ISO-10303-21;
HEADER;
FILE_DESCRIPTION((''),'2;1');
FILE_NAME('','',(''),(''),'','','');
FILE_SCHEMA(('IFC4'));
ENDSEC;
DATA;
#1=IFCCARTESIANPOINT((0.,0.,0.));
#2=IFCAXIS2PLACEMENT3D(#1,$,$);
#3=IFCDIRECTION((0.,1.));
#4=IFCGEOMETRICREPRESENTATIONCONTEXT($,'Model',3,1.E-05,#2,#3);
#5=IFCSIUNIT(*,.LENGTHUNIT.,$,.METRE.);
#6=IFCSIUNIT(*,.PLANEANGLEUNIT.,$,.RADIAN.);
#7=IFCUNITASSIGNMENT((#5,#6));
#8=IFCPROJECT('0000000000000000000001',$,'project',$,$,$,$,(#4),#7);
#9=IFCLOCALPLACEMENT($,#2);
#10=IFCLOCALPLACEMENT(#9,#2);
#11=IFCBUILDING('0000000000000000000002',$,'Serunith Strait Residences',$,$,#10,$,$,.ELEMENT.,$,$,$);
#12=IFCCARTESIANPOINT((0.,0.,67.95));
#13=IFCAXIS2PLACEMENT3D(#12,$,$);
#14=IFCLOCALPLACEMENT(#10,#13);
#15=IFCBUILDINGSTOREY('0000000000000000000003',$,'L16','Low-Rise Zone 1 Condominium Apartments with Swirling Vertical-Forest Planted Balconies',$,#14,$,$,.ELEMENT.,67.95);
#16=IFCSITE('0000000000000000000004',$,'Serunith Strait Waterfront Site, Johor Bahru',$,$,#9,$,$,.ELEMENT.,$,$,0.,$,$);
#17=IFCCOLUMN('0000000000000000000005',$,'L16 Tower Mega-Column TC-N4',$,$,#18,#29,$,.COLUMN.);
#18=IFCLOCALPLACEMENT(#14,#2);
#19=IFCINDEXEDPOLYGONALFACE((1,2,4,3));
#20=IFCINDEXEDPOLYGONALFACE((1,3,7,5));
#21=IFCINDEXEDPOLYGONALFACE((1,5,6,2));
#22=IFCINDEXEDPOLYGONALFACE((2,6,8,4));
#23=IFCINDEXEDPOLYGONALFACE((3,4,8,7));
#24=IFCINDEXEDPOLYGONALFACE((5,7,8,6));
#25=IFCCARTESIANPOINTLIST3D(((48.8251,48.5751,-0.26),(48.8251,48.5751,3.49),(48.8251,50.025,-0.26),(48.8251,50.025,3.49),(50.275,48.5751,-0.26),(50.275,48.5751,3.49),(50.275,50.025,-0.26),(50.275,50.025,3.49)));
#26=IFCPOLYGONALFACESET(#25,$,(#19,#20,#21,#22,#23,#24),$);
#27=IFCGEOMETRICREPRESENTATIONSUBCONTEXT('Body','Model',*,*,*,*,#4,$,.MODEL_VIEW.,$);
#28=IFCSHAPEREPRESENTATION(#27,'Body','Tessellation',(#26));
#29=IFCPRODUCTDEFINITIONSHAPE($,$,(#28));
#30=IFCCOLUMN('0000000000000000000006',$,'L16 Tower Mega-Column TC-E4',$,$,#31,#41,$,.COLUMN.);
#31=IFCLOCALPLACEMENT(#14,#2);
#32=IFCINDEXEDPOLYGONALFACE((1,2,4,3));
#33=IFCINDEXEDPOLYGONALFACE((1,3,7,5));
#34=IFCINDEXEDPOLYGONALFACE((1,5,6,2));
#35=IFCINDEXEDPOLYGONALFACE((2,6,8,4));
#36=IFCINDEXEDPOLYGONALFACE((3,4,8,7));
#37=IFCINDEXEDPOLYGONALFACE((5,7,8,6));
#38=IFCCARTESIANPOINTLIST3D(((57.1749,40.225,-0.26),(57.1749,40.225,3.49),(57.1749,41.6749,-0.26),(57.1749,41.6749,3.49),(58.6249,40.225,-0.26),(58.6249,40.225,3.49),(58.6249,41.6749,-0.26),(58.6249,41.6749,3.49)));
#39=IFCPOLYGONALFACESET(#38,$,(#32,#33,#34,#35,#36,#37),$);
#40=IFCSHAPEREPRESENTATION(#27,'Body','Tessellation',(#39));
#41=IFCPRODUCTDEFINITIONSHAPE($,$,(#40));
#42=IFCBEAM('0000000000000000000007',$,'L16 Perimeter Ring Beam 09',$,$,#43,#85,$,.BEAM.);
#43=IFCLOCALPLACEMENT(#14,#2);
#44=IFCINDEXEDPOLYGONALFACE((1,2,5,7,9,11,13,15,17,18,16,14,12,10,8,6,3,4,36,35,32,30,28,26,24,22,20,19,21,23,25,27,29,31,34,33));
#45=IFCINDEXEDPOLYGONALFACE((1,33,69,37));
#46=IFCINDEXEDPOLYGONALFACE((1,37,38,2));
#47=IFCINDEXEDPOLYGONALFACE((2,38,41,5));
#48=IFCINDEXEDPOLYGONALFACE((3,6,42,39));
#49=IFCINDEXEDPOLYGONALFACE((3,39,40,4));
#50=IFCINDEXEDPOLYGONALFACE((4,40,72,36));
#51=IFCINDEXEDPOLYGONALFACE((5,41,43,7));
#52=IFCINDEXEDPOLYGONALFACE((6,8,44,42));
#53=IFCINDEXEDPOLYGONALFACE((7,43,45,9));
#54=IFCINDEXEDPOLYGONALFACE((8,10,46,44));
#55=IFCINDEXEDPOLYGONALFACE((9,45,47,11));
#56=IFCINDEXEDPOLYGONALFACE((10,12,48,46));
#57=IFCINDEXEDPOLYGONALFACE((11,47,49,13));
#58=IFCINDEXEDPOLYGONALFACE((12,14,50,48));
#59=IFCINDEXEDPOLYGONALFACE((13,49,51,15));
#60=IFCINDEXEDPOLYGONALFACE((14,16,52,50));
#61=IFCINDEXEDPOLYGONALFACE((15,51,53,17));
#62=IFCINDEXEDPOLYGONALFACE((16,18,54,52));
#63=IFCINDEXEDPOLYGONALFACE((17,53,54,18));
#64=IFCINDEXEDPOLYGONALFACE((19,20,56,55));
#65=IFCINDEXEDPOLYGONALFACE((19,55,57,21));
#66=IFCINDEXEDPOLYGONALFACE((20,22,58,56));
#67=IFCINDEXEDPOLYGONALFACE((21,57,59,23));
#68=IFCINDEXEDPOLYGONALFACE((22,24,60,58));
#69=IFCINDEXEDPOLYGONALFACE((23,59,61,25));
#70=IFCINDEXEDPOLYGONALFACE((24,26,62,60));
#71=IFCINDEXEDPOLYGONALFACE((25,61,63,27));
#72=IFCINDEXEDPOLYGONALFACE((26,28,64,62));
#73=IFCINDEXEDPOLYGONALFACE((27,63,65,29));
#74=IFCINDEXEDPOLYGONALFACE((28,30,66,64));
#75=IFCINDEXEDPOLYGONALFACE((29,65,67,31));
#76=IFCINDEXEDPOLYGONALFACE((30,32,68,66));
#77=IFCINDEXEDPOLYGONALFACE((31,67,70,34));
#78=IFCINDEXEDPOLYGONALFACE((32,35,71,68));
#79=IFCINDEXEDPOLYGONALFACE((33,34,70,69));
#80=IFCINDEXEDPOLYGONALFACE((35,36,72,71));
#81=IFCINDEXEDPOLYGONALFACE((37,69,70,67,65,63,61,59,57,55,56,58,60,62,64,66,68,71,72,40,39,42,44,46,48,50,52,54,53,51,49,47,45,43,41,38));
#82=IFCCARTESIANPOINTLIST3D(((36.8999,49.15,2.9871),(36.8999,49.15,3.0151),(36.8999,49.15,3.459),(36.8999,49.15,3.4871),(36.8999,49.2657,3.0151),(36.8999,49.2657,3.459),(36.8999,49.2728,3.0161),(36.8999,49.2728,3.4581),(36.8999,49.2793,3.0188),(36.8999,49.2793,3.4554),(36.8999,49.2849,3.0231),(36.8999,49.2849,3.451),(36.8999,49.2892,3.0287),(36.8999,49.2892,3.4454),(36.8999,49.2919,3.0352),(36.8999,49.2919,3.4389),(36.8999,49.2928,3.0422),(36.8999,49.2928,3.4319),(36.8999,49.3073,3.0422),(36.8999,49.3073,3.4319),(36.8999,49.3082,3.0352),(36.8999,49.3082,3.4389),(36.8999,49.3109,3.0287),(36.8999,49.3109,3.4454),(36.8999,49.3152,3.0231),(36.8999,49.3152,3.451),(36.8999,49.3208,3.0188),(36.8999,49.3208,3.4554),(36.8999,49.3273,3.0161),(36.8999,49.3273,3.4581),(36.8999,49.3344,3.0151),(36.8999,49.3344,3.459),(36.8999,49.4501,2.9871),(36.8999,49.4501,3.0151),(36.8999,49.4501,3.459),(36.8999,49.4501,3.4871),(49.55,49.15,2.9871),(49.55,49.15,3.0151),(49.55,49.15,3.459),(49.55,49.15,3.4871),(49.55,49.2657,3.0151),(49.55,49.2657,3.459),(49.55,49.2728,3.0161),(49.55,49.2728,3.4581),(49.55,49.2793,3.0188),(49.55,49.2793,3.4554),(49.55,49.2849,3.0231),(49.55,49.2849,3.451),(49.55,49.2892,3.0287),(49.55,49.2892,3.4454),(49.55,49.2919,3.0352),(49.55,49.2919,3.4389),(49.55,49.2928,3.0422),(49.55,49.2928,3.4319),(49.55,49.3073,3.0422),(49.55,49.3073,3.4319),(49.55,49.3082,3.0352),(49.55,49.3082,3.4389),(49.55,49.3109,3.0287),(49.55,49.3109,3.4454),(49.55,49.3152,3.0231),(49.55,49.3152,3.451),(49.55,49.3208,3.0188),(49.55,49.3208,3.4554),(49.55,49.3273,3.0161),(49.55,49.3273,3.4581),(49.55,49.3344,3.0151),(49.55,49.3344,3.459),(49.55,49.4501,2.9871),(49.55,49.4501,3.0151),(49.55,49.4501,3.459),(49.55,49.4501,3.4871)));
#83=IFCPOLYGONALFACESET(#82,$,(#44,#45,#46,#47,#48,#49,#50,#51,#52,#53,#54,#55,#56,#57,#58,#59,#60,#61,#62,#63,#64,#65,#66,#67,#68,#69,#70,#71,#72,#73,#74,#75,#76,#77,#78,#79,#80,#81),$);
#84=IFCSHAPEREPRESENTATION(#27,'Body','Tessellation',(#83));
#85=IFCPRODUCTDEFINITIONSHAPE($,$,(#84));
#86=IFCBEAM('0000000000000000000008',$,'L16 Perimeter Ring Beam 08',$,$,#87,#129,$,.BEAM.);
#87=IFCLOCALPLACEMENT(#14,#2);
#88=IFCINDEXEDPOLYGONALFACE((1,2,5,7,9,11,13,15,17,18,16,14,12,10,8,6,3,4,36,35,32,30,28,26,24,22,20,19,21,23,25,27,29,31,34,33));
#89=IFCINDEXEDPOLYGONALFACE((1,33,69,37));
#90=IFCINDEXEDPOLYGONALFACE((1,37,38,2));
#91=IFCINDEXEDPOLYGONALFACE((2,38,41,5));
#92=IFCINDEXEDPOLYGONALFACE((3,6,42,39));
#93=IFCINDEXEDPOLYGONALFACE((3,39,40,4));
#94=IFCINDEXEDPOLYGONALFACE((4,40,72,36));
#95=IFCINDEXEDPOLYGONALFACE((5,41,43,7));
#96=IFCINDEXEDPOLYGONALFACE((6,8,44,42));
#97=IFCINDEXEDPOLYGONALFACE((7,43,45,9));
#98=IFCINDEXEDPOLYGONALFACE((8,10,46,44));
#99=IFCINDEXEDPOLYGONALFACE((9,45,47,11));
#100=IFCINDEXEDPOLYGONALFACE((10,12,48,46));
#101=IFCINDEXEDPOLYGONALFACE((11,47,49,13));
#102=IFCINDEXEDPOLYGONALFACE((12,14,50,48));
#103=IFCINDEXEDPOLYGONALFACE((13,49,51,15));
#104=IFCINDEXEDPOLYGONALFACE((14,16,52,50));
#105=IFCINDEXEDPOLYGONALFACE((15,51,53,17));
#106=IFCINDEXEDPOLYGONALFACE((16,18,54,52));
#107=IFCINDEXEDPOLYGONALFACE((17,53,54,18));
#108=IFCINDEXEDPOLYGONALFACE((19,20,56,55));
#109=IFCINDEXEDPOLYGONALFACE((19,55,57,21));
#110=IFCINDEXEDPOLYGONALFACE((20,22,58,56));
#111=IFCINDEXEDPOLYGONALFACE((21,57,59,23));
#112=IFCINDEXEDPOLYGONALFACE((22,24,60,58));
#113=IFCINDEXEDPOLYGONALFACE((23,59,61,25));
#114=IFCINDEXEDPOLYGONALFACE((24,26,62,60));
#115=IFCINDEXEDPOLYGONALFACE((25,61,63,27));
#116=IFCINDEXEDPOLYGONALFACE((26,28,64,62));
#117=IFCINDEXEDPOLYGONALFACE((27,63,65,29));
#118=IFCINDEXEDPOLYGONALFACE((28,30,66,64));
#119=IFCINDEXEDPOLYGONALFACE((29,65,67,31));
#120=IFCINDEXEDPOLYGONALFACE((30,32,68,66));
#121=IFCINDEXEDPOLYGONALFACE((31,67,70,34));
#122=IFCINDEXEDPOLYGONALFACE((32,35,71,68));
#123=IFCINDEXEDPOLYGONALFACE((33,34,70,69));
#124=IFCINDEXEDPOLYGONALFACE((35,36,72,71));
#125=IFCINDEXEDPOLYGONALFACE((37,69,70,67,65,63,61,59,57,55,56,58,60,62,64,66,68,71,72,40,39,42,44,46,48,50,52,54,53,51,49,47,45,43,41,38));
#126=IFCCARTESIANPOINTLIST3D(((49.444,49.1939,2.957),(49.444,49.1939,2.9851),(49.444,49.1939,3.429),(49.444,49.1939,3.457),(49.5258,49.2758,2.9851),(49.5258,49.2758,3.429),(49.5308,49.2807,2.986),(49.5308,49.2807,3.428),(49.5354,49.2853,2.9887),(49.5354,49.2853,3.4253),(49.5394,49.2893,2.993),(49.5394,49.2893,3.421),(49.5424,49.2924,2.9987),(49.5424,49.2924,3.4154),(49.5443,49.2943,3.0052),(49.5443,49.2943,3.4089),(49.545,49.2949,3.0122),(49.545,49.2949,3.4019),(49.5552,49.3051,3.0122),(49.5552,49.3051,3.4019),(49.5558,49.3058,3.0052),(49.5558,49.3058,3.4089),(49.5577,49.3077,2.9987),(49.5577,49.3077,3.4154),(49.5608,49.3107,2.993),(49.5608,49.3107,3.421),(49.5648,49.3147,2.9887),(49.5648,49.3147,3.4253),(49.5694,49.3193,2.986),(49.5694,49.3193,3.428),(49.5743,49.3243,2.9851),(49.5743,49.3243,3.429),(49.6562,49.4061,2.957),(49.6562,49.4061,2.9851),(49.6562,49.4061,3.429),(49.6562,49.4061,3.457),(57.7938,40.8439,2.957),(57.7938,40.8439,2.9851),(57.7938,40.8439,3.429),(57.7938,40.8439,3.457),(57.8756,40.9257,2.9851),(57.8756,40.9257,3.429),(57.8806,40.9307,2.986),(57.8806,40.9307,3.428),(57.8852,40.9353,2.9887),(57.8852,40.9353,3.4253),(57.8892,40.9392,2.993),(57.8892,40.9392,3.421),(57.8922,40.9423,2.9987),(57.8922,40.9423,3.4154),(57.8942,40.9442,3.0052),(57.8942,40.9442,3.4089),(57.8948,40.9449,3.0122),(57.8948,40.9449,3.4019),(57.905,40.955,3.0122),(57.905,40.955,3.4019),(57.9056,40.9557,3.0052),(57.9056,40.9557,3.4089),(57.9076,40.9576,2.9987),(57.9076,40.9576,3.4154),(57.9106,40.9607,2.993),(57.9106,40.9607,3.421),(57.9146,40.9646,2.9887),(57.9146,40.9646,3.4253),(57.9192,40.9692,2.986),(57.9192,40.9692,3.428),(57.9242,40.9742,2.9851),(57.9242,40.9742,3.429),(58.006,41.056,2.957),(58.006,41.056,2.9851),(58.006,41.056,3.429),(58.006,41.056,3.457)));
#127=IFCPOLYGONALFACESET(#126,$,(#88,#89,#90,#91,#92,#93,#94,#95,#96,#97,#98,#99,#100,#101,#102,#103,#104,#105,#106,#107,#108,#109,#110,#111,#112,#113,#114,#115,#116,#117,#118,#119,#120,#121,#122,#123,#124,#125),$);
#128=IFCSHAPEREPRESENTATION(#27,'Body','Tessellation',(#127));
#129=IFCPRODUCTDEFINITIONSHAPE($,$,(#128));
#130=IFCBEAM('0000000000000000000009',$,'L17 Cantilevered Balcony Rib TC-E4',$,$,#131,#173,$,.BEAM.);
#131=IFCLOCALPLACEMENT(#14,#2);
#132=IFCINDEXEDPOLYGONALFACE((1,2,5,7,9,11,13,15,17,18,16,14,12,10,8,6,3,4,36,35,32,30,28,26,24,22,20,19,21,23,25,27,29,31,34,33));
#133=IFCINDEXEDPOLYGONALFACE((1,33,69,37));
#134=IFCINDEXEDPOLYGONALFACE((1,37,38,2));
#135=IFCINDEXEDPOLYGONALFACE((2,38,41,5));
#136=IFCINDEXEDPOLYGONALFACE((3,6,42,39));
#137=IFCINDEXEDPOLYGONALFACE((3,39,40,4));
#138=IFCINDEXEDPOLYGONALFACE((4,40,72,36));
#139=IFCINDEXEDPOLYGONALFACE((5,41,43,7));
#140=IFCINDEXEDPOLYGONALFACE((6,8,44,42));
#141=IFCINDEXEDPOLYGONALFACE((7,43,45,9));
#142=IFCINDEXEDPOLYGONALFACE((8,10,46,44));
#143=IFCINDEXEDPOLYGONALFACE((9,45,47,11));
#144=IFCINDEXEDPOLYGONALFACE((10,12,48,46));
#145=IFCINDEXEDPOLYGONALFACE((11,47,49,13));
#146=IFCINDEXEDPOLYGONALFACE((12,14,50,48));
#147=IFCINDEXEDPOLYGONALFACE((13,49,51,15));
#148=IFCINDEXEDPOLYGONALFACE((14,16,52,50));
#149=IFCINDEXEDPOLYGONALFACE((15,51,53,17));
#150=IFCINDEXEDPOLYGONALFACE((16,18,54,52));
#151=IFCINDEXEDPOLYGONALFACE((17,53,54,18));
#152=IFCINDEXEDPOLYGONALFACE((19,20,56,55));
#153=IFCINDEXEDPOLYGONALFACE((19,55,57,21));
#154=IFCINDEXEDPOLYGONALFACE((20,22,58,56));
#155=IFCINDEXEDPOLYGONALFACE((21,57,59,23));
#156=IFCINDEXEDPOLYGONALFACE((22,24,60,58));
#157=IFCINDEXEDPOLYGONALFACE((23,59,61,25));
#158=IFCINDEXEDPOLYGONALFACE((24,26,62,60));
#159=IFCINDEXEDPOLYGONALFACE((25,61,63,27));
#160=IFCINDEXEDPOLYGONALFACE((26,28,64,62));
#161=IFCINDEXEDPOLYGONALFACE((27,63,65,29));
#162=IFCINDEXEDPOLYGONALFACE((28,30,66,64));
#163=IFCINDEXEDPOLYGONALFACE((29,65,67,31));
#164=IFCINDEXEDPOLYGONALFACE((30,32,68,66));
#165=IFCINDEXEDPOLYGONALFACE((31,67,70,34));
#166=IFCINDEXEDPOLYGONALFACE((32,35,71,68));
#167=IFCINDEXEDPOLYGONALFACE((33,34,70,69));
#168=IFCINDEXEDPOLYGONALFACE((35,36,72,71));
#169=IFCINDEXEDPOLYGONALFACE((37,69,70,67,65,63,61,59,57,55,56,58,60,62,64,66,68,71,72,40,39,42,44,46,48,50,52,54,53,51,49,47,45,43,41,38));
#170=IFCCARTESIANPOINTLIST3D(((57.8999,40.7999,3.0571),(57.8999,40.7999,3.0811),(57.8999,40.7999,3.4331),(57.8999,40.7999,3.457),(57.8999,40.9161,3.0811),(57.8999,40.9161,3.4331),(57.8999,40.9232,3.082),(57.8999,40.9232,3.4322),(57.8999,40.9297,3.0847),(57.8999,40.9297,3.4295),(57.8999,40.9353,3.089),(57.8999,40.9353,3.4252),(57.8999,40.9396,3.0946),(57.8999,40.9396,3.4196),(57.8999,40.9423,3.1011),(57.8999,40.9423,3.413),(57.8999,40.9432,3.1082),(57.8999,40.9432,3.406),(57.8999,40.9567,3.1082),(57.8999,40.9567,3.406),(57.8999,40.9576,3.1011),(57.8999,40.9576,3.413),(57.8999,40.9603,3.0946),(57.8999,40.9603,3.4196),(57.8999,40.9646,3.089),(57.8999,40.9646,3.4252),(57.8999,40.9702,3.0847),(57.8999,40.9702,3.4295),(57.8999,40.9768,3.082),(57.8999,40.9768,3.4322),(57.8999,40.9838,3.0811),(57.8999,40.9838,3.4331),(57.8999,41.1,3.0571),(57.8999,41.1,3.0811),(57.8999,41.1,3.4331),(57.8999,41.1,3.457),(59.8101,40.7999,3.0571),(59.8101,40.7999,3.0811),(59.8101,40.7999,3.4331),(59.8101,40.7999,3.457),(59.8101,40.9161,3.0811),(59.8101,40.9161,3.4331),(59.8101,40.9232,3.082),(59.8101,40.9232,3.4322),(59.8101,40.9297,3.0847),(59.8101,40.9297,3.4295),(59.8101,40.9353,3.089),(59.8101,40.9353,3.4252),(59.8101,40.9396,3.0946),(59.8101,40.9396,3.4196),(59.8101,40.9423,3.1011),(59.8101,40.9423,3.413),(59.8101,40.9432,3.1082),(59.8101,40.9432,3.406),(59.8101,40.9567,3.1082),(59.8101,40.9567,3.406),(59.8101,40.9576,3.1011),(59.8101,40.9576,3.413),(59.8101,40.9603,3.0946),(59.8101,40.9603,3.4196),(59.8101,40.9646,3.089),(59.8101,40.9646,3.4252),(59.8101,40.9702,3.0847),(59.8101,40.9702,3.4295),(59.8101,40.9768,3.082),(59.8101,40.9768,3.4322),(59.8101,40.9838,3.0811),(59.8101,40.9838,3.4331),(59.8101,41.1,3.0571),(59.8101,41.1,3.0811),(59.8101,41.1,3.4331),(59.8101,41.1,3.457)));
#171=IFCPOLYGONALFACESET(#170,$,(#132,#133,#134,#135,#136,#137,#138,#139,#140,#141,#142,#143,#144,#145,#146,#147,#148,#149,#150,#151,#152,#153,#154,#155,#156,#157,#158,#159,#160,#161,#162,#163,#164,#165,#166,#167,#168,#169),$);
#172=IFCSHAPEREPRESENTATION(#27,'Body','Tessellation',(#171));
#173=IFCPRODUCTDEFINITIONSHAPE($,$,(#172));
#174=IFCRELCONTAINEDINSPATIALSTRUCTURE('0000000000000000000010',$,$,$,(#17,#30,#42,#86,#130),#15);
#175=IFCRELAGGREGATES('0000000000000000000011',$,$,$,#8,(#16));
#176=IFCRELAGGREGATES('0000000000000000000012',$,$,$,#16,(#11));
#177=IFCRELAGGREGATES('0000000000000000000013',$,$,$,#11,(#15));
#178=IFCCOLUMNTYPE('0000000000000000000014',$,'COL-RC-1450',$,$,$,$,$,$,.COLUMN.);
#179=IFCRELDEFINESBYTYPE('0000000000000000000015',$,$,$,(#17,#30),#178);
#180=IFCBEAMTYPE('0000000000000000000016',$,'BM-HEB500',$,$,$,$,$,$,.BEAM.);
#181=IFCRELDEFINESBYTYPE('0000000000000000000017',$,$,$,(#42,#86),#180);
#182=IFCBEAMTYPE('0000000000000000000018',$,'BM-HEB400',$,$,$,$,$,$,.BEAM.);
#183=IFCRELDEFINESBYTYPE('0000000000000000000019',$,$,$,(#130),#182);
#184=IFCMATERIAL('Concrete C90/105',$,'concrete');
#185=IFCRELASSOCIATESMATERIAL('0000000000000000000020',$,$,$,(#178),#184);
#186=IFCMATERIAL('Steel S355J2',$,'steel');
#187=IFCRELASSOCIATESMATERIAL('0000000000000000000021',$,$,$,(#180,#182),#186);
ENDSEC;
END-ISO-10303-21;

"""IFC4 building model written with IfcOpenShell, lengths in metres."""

from ifc_helpers import new_model, si_unit, direction, frame, origin, origin_2d, place, context, subcontext, project, spatial, rectangle, i_section, extrude, source, transform, mapped, material, material_profile, profile_set, type_object, element, save


model = new_model("IFC4")

# Units and contexts
model_context = context("Model", 3, precision=1e-05, world=origin(), true_north=direction((0.0, 1.0)))
body_context = subcontext(model_context, "Body", "Model", "MODEL_VIEW")
ifc_project = project(units=[si_unit("LENGTHUNIT", "METRE"), si_unit("PLANEANGLEUNIT", "RADIAN")], contexts=[model_context])

# Site, building, storey
site_placement = place(None, origin())
site = spatial("IfcSite", under=ifc_project, at=site_placement, Name="Serunith Strait Waterfront Site, Johor Bahru", CompositionType="ELEMENT", RefElevation=0.0)
building_placement = place(site_placement, origin())
building = spatial("IfcBuilding", under=site, at=building_placement, Name="Serunith Strait Residences", CompositionType="ELEMENT")
storey_placement = place(building_placement, frame((0.0, 0.0, 67.95)))
storey = spatial("IfcBuildingStorey", under=building, at=storey_placement, Name="L16", Description="Low-Rise Zone 1 Condominium Apartments with Swirling Vertical-Forest Planted Balconies", CompositionType="ELEMENT", Elevation=67.95)

# Columns
ifc_material_1 = material(Name="Concrete C90/105", Category="concrete")
ifc_material_profile_1 = material_profile(ifc_material_1, rectangle(XDim=1.45, YDim=1.45, at=origin_2d()), Name="RC 1450x1450")
ifc_profile_set_1 = profile_set([ifc_material_profile_1], Name="Concrete C90/105")
column_type = type_object("IfcColumnType", Name="COL-RC-1450", PredefinedType="COLUMN", material=ifc_profile_set_1)
shared_shape_1 = source(origin(), body_context, "Body", "SweptSolid", [
    extrude(rectangle(XDim=1.45, YDim=1.45, at=origin_2d()), origin(), (0.0, 0.0, 1.0), 3.75),
])
for number, where, z_axis, x_axis, name in (
    (1, (49.55, 49.3, -0.26), (0.0, 0.0, 1.0), (1.0, 0.0, 0.0), "L16 Tower Mega-Column TC-N4"),
    (2, (57.8999, 40.95, -0.26), (0.0, 0.0, 1.0), (1.0, 0.0, 0.0), "L16 Tower Mega-Column TC-E4"),
):
    element("IfcColumn", number, at=place(storey_placement, frame(where, z_axis=z_axis, x_axis=x_axis)), inside=storey, type_object=column_type, Name=name, PredefinedType="COLUMN", context=body_context, shape_type="MappedRepresentation", body=[
        mapped(shared_shape_1, transform((0.0, 0.0, 0.0), scale=1.0)),
    ])

# Beams
ifc_material_2 = material(Name="Steel S355J2", Category="steel")
ifc_material_profile_2 = material_profile(ifc_material_2, i_section(OverallWidth=0.3, OverallDepth=0.5, WebThickness=0.0144, FlangeThickness=0.0281, FilletRadius=0.0271, at=origin_2d()), Name="HEB 500")
ifc_profile_set_2 = profile_set([ifc_material_profile_2], Name="Steel S355J2")
beam_type_1 = type_object("IfcBeamType", Name="BM-HEB500", PredefinedType="BEAM", material=ifc_profile_set_2)
shared_shape_2 = source(origin(), body_context, "Body", "SweptSolid", [
    extrude(i_section(OverallWidth=0.3, OverallDepth=0.5, WebThickness=0.0144, FlangeThickness=0.0281, FilletRadius=0.0271, at=origin_2d()), origin(), (0.0, 0.0, 1.0), 12.6501),
])
beam_1_placement = place(storey_placement, frame((49.55, 49.3, 3.2371), z_axis=(-1.0, 0.0, 0.0), x_axis=(0.0, -1.0, 0.0)))
element("IfcBeam", 3, at=beam_1_placement, inside=storey, type_object=beam_type_1, Name="L16 Perimeter Ring Beam 09", PredefinedType="BEAM", context=body_context, shape_type="MappedRepresentation", body=[
    mapped(shared_shape_2, transform((0.0, 0.0, 0.0), scale=1.0)),
])
shared_shape_3 = source(origin(), body_context, "Body", "SweptSolid", [
    extrude(i_section(OverallWidth=0.3, OverallDepth=0.5, WebThickness=0.0144, FlangeThickness=0.0281, FilletRadius=0.0271, at=origin_2d()), origin(), (0.0, 0.0, 1.0), 11.8086),
])
beam_2_placement = place(storey_placement, frame((57.8999, 40.95, 3.207), z_axis=(-0.707096, 0.707117, 0.0), x_axis=(-0.707117, -0.707096, 0.0)))
element("IfcBeam", 4, at=beam_2_placement, inside=storey, type_object=beam_type_1, Name="L16 Perimeter Ring Beam 08", PredefinedType="BEAM", context=body_context, shape_type="MappedRepresentation", body=[
    mapped(shared_shape_3, transform((0.0, 0.0, 0.0), scale=1.0)),
])
ifc_material_profile_3 = material_profile(ifc_material_2, i_section(OverallWidth=0.3, OverallDepth=0.3999, WebThickness=0.0134, FlangeThickness=0.0239, FilletRadius=0.0271, at=origin_2d()), Name="HEB 400")
ifc_profile_set_3 = profile_set([ifc_material_profile_3], Name="Steel S355J2")
beam_type_2 = type_object("IfcBeamType", Name="BM-HEB400", PredefinedType="BEAM", material=ifc_profile_set_3)
shared_shape_4 = source(origin(), body_context, "Body", "SweptSolid", [
    extrude(i_section(OverallWidth=0.3, OverallDepth=0.3999, WebThickness=0.0134, FlangeThickness=0.0239, FilletRadius=0.0271, at=origin_2d()), origin(), (0.0, 0.0, 1.0), 1.9102),
])
beam_3_placement = place(storey_placement, frame((57.8999, 40.95, 3.2571), z_axis=(1.0, 0.0, 0.0), x_axis=(0.0, 1.0, 0.0)))
element("IfcBeam", 5, at=beam_3_placement, inside=storey, type_object=beam_type_2, Name="L17 Cantilevered Balcony Rib TC-E4", PredefinedType="BEAM", context=body_context, shape_type="MappedRepresentation", body=[
    mapped(shared_shape_4, transform((0.0, 0.0, 0.0), scale=1.0)),
])

save(model, "model.ifc")
